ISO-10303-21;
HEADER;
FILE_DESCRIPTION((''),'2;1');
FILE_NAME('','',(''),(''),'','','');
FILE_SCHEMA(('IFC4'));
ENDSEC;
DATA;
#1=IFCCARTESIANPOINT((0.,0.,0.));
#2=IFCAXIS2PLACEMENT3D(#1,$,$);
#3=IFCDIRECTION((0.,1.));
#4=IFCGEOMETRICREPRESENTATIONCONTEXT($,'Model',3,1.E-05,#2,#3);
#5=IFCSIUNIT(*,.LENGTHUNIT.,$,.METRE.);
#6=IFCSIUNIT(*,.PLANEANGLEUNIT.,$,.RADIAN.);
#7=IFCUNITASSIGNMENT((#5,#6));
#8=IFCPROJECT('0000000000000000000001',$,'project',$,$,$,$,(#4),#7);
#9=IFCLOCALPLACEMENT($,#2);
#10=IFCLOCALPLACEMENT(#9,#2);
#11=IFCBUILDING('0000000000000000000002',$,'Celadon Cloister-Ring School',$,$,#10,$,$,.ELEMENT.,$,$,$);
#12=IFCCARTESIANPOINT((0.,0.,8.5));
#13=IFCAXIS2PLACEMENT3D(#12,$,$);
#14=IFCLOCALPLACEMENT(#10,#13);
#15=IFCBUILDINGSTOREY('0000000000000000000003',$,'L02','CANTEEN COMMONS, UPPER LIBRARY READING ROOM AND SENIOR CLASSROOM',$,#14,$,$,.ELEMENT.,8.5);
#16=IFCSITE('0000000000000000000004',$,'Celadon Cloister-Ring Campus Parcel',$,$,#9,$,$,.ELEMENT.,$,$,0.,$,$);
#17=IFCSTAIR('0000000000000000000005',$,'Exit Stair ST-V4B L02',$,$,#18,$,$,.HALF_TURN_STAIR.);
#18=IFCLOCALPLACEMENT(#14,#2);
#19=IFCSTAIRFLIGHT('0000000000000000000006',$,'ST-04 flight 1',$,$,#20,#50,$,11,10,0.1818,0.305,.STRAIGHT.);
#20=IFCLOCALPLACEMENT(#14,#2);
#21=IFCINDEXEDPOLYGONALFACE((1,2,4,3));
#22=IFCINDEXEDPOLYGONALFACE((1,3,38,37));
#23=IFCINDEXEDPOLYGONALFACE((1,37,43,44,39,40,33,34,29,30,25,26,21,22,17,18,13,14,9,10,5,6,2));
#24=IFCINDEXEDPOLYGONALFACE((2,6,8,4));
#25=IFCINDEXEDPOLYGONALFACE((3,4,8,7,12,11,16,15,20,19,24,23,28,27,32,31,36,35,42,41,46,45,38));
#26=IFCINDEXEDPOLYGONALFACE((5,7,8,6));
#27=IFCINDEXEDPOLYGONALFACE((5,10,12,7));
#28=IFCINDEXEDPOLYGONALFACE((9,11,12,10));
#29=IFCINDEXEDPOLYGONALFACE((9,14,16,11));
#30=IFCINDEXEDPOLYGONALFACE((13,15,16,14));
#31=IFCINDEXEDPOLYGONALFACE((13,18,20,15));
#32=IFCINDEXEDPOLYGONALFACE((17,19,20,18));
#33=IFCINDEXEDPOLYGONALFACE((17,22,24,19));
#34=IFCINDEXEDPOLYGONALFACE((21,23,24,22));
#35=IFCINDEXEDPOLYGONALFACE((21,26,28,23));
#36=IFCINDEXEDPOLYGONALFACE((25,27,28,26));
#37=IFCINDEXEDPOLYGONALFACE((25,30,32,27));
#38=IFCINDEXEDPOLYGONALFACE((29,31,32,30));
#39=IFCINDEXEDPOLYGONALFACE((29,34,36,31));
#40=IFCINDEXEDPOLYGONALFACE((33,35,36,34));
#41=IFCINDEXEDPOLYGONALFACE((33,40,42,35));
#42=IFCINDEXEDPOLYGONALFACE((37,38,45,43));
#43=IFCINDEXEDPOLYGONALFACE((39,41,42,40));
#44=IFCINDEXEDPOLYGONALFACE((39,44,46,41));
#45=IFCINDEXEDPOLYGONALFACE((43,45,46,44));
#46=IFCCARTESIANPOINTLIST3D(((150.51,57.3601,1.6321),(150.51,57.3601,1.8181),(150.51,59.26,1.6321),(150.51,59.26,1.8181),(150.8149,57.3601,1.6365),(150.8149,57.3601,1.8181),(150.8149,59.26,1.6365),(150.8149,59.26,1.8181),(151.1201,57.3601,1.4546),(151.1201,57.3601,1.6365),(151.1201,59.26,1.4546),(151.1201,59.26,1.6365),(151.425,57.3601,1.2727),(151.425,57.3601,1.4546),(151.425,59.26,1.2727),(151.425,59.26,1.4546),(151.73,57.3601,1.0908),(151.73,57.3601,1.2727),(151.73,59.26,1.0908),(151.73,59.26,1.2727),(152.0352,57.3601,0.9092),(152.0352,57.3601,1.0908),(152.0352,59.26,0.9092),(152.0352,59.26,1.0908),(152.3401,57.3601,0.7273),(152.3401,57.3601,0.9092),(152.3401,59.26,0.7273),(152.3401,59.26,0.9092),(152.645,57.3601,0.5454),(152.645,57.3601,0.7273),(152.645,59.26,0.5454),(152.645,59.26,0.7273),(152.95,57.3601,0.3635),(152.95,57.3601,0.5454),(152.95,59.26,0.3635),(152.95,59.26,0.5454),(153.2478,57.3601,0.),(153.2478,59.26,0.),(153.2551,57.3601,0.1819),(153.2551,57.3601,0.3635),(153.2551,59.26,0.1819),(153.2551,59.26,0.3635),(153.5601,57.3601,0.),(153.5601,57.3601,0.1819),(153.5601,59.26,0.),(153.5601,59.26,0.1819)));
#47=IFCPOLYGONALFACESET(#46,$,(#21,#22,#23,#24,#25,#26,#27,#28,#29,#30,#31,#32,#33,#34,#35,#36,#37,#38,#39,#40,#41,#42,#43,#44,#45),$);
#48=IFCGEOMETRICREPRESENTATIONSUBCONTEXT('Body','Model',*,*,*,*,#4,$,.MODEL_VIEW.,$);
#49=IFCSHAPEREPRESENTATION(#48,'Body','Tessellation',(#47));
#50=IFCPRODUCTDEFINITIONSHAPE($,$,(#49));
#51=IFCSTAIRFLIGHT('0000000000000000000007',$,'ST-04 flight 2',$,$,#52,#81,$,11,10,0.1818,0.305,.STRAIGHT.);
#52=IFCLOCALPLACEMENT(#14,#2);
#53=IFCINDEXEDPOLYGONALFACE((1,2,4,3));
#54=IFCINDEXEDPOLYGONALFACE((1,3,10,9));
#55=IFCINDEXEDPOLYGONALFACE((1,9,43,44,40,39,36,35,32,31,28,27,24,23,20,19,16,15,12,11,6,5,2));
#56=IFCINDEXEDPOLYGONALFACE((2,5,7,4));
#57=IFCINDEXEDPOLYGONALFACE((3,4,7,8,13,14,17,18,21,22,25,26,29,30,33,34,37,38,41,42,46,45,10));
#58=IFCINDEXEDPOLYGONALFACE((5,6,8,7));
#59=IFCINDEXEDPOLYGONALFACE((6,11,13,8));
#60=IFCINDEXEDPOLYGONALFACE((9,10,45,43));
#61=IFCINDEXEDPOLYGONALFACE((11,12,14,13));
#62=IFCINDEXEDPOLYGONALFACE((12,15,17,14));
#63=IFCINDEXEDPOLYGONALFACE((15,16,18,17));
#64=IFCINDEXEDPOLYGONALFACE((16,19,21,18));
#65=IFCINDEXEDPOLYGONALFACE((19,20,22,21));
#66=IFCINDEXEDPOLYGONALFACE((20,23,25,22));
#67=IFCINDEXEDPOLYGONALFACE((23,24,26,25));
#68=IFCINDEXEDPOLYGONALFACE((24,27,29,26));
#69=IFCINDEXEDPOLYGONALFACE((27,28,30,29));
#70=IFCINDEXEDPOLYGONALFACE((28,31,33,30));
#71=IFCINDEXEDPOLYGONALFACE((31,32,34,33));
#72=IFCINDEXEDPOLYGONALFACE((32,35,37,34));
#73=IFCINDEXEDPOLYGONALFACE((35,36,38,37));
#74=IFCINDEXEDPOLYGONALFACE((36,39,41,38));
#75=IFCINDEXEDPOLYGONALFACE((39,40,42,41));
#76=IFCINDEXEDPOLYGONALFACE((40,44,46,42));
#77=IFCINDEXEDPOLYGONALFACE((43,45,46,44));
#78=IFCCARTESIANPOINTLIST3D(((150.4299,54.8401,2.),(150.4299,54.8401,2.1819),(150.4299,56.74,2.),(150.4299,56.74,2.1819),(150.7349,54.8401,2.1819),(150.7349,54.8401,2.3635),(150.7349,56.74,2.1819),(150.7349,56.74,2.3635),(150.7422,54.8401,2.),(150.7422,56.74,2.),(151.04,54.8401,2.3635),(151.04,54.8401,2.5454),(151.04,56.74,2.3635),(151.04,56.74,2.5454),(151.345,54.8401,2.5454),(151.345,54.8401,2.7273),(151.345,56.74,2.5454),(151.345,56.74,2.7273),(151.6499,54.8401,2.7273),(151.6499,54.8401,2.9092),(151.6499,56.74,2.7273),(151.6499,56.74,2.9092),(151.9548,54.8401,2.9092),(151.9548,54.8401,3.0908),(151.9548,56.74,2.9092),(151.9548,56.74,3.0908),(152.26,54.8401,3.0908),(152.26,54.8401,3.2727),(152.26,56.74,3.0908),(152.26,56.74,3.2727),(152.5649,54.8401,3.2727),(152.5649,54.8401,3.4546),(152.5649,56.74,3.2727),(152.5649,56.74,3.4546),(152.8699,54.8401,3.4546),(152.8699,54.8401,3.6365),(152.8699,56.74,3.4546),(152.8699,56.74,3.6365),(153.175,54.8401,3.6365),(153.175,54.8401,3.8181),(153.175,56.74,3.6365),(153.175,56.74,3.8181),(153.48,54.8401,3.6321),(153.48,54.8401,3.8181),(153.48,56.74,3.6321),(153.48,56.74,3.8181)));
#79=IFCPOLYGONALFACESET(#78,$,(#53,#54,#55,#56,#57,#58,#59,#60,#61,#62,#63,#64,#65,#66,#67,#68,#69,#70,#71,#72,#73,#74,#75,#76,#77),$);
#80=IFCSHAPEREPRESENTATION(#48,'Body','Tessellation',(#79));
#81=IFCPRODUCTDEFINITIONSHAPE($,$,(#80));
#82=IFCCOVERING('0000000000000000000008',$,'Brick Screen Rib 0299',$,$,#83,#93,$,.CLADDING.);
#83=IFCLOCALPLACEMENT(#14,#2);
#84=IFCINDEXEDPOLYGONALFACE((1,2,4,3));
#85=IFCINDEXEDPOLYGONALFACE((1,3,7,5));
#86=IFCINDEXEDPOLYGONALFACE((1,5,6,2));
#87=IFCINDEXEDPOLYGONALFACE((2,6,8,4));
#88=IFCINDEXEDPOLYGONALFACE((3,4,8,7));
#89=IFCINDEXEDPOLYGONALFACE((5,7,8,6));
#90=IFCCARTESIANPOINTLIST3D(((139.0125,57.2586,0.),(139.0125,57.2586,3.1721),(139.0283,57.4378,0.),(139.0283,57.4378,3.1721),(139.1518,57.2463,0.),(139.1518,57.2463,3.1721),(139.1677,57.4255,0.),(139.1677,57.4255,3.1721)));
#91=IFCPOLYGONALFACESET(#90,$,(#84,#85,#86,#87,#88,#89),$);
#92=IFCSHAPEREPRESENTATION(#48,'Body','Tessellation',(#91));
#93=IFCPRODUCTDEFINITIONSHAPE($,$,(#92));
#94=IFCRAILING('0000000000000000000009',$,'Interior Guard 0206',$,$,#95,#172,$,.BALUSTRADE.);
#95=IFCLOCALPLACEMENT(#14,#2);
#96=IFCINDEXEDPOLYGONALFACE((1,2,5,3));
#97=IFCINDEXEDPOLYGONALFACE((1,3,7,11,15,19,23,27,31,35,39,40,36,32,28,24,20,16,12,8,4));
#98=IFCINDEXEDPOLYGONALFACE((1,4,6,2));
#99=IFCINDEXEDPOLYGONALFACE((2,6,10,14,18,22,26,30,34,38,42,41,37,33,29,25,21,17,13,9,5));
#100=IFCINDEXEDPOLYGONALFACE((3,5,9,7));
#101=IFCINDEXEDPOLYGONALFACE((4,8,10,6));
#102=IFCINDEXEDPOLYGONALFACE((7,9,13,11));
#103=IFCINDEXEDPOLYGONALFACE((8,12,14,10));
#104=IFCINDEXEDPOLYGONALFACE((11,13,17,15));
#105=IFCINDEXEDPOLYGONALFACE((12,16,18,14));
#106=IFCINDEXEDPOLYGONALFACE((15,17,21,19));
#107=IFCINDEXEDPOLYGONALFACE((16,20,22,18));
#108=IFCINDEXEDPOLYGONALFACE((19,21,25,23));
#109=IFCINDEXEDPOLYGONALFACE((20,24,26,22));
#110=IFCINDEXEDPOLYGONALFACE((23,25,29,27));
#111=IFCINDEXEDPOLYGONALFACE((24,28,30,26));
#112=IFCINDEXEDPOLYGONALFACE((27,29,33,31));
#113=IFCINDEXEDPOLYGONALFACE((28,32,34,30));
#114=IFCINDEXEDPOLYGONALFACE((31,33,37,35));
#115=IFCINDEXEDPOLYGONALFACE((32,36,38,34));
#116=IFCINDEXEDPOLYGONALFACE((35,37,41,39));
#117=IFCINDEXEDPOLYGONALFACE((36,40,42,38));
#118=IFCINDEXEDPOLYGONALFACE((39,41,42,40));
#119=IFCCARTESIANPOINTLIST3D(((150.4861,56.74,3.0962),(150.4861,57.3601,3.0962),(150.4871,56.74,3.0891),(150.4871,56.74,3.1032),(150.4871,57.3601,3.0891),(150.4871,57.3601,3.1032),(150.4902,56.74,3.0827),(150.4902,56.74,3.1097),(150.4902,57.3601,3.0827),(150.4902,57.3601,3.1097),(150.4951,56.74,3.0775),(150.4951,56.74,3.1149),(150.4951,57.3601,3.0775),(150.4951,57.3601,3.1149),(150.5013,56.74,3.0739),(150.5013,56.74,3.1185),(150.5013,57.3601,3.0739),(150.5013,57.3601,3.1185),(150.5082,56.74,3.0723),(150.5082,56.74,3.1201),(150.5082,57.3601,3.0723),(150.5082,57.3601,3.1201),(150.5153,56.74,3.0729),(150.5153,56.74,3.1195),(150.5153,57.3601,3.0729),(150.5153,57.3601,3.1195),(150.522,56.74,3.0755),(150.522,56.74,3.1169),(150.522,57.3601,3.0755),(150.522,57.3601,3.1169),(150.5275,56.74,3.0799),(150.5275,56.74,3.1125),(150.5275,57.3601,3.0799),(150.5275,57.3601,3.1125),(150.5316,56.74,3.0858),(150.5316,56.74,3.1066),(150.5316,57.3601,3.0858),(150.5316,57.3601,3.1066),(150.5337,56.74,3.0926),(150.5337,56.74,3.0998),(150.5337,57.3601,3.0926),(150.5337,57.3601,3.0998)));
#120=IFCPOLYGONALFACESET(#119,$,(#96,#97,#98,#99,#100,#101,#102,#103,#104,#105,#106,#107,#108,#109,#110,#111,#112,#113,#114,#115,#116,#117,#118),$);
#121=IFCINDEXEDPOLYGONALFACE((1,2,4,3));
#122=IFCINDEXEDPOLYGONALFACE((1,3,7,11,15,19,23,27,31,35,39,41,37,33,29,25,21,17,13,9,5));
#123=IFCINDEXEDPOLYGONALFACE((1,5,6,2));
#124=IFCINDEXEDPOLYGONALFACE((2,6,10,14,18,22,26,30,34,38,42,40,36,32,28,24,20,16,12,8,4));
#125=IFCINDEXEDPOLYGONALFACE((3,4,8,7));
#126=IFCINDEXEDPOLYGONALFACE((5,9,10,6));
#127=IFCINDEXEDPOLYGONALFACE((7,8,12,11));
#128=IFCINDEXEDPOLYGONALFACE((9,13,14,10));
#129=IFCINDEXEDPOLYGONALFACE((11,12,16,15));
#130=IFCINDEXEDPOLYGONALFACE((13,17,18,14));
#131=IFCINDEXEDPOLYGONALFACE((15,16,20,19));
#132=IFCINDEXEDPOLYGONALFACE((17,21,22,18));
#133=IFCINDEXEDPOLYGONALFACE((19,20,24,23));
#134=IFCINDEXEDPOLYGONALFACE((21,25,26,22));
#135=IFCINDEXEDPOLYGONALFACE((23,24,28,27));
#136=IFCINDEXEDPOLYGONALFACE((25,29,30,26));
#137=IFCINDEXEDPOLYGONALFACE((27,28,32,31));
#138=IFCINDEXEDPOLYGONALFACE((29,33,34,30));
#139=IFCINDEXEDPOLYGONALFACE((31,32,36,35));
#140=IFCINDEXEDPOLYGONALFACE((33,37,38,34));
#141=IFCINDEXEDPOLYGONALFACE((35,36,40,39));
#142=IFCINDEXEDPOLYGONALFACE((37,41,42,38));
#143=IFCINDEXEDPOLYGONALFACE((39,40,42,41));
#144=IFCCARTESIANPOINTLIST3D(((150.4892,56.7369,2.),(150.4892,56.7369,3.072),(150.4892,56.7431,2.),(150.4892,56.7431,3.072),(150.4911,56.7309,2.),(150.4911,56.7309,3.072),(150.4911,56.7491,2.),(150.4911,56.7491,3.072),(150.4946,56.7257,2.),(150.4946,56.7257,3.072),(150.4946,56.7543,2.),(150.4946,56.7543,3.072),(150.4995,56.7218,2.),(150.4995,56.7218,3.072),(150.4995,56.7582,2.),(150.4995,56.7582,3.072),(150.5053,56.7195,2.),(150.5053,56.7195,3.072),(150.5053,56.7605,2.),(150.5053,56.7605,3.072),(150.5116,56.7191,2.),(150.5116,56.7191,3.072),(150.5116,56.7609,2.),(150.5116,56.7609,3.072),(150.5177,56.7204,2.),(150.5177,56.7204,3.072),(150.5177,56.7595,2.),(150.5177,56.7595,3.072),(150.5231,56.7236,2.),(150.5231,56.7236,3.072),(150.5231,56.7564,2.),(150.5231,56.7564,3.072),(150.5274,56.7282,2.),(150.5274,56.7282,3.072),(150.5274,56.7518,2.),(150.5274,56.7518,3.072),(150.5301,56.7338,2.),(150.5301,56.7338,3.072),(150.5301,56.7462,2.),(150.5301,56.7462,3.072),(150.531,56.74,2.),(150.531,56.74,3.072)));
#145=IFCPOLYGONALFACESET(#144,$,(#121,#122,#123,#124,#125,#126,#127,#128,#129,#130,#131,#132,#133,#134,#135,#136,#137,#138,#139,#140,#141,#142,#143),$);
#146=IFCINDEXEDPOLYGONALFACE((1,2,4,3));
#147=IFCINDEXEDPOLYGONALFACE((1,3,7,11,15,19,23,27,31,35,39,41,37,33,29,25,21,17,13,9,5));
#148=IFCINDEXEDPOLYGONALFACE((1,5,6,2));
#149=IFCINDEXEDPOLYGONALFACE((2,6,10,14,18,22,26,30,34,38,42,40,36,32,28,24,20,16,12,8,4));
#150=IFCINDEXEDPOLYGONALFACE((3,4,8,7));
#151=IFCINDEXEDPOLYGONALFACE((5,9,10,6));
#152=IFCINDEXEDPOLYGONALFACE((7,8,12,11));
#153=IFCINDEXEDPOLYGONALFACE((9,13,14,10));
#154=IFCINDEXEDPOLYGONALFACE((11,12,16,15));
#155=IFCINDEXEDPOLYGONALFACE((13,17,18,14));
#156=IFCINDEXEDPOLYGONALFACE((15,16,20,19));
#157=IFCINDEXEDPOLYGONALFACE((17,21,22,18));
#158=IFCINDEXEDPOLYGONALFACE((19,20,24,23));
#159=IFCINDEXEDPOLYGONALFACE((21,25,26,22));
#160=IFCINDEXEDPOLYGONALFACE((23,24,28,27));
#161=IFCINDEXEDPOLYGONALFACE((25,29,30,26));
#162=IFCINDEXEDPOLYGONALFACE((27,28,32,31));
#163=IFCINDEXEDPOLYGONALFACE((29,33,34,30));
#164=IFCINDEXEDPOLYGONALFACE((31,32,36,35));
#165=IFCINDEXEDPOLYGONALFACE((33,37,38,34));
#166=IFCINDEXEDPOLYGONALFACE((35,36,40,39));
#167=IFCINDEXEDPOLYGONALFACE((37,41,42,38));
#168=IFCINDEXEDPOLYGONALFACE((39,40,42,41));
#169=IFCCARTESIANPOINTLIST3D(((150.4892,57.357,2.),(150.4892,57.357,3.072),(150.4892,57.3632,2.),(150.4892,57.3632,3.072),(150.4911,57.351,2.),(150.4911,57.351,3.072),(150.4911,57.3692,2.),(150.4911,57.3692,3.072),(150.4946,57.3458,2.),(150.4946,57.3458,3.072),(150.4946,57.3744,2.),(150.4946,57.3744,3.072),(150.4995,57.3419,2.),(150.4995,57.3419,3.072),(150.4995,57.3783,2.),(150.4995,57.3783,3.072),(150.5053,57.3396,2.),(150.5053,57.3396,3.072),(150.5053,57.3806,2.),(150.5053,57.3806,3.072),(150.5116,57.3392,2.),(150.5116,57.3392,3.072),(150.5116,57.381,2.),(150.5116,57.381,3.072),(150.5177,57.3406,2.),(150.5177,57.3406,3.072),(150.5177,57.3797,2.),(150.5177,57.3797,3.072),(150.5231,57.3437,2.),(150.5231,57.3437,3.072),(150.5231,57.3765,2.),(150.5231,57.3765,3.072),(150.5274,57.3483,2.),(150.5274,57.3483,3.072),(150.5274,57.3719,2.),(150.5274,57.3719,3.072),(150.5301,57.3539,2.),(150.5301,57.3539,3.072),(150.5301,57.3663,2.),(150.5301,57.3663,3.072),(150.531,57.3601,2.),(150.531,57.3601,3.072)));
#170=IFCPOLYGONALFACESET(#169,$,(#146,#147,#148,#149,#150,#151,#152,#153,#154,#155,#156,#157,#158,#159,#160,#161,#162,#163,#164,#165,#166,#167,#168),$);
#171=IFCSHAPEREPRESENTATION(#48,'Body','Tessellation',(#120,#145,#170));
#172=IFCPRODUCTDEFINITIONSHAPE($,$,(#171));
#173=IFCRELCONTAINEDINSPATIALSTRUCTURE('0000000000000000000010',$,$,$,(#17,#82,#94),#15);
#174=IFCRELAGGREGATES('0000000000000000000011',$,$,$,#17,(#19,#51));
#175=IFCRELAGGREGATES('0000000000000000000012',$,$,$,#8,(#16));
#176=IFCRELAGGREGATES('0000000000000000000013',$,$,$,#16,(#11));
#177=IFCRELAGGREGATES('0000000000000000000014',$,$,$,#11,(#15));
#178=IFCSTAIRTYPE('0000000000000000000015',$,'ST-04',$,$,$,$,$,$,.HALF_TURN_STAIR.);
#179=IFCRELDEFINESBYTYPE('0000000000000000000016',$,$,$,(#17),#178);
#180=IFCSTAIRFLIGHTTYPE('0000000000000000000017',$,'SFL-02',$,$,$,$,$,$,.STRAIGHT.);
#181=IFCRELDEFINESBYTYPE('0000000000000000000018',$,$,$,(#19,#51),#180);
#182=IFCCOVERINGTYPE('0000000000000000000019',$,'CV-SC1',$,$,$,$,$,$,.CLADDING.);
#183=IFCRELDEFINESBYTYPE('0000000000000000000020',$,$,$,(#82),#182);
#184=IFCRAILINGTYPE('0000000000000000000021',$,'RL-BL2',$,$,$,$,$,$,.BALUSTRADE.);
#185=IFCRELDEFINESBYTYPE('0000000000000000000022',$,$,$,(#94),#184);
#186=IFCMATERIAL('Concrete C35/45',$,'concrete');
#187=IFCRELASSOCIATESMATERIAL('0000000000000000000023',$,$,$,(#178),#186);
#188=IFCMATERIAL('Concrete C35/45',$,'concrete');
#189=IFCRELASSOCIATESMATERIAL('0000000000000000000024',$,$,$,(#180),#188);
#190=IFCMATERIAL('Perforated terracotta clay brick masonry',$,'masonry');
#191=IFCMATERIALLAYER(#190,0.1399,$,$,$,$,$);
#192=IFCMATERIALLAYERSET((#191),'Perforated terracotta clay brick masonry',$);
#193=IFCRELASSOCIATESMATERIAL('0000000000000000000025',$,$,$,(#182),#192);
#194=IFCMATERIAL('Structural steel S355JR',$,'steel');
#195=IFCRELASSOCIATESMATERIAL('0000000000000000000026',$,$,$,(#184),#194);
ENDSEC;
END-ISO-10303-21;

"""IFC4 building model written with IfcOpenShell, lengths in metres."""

from ifc_helpers import new_model, si_unit, direction, frame, origin, origin_2d, place, context, subcontext, project, spatial, polyline, rectangle, circle, outline, extrude, material, layer, layer_set, type_object, element, aggregate, save


model = new_model("IFC4")

# Units and contexts
model_context = context("Model", 3, precision=1e-05, world=origin(), true_north=direction((0.0, 1.0)))
body_context = subcontext(model_context, "Body", "Model", "MODEL_VIEW")
ifc_project = project(units=[si_unit("LENGTHUNIT", "METRE"), si_unit("PLANEANGLEUNIT", "RADIAN")], contexts=[model_context])

# Site, building, storey
site_placement = place(None, origin())
site = spatial("IfcSite", under=ifc_project, at=site_placement, Name="Celadon Cloister-Ring Campus Parcel", CompositionType="ELEMENT", RefElevation=0.0)
building_placement = place(site_placement, origin())
building = spatial("IfcBuilding", under=site, at=building_placement, Name="Celadon Cloister-Ring School", CompositionType="ELEMENT")
storey_placement = place(building_placement, frame((0.0, 0.0, 8.5)))
storey = spatial("IfcBuildingStorey", under=building, at=storey_placement, Name="L02", Description="CANTEEN COMMONS, UPPER LIBRARY READING ROOM AND SENIOR CLASSROOM", CompositionType="ELEMENT", Elevation=8.5)

# Stair, stair flights
ifc_material_1 = material(Name="Concrete C35/45", Category="concrete")
stair_type = type_object("IfcStairType", Name="ST-04", PredefinedType="HALF_TURN_STAIR", material=ifc_material_1)
stair_placement = place(storey_placement, origin())
stair = element("IfcStair", 1, at=stair_placement, inside=storey, type_object=stair_type, Name="Exit Stair ST-V4B L02", PredefinedType="HALF_TURN_STAIR")
ifc_material_2 = material(Name="Concrete C35/45", Category="concrete")
stair_flight_type = type_object("IfcStairFlightType", Name="SFL-02", PredefinedType="STRAIGHT", material=ifc_material_2)
stair_flight_1_placement = place(storey_placement, frame((153.5601, 58.3101, 0.0), z_axis=(0.0, 0.0, 1.0), x_axis=(-1.0, 0.0, 0.0)))
stair_flight_1 = element("IfcStairFlight", 2, at=stair_flight_1_placement, type_object=stair_flight_type, Name="ST-04 flight 1", NumberOfRisers=11, NumberOfTreads=10, PredefinedType="STRAIGHT", RiserHeight=0.1818, TreadLength=0.305, context=body_context, shape_type="SweptSolid", body=[
    extrude(outline(polyline([(0.0, 0.0), (0.0, 0.1819), (0.3049, 0.1819), (0.3049, 0.3635), (0.6101, 0.3635), (0.6101, 0.5454), (0.915, 0.5454), (0.915, 0.7273), (1.22, 0.7273), (1.22, 0.9092), (1.5249, 0.9092), (1.5249, 1.0908), (1.8301, 1.0908), (1.8301, 1.2727), (2.135, 1.2727), (2.135, 1.4546), (2.4399, 1.4546), (2.4399, 1.6365), (2.7451, 1.6365), (2.7451, 1.8181), (3.05, 1.8181), (3.05, 2.0), (3.05, 1.6321), (0.3123, 0.0), (0.0, 0.0)])), frame((0.0, 0.95, 0.0), z_axis=(0.0, -1.0, 0.0), x_axis=(1.0, 0.0, 0.0)), (0.0, 0.0, 1.0), 1.8999),
])
stair_flight_2_placement = place(storey_placement, frame((150.4299, 55.79, 2.0), z_axis=(0.0, 0.0, 1.0), x_axis=(1.0, 0.0, 0.0)))
stair_flight_2 = element("IfcStairFlight", 3, at=stair_flight_2_placement, type_object=stair_flight_type, Name="ST-04 flight 2", NumberOfRisers=11, NumberOfTreads=10, PredefinedType="STRAIGHT", RiserHeight=0.1818, TreadLength=0.305, context=body_context, shape_type="SweptSolid", body=[
    extrude(outline(polyline([(0.0, 0.0), (0.0, 0.1819), (0.3049, 0.1819), (0.3049, 0.3635), (0.6101, 0.3635), (0.6101, 0.5454), (0.915, 0.5454), (0.915, 0.7273), (1.22, 0.7273), (1.22, 0.9092), (1.5249, 0.9092), (1.5249, 1.0908), (1.8301, 1.0908), (1.8301, 1.2727), (2.135, 1.2727), (2.135, 1.4546), (2.4399, 1.4546), (2.4399, 1.6365), (2.7451, 1.6365), (2.7451, 1.8181), (3.05, 1.8181), (3.05, 2.0), (3.05, 1.6321), (0.3123, 0.0), (0.0, 0.0)])), frame((0.0, 0.95, 0.0), z_axis=(0.0, -1.0, 0.0), x_axis=(1.0, 0.0, 0.0)), (0.0, 0.0, 1.0), 1.8999),
])
aggregate(stair, [stair_flight_1, stair_flight_2])

# Covering
ifc_material_3 = material(Name="Perforated terracotta clay brick masonry", Category="masonry")
ifc_layer_1 = layer(ifc_material_3, 0.1399)
ifc_layer_set_1 = layer_set([ifc_layer_1], Name="Perforated terracotta clay brick masonry")
covering_type = type_object("IfcCoveringType", Name="CV-SC1", PredefinedType="CLADDING", material=ifc_layer_set_1)
covering_placement = place(storey_placement, frame((139.0901, 57.342, 0.0), z_axis=(0.0, 0.0, 1.0), x_axis=(-0.087973, -0.996123, 0.0)))
element("IfcCovering", 4, at=covering_placement, inside=storey, type_object=covering_type, Name="Brick Screen Rib 0299", PredefinedType="CLADDING", context=body_context, shape_type="SweptSolid", body=[
    extrude(rectangle(XDim=0.1799, YDim=0.1399, at=origin_2d()), origin(), (0.0, 0.0, 1.0), 3.1721),
])

# Railing
ifc_material_4 = material(Name="Structural steel S355JR", Category="steel")
railing_type_1 = type_object("IfcRailingType", Name="RL-BL2", PredefinedType="BALUSTRADE", material=ifc_material_4)
railing_1_placement = place(storey_placement, frame((150.51, 56.74, 2.0)))
element("IfcRailing", 5, at=railing_1_placement, inside=storey, type_object=railing_type_1, Name="Interior Guard 0206", PredefinedType="BALUSTRADE", context=body_context, shape_type="SweptSolid", body=[
    extrude(circle(Radius=0.0239, at=origin_2d()), frame((0.0, 0.0, 1.0962), z_axis=(0.0, 1.0, 0.0), x_axis=(-1.0, 0.0, 0.0)), (0.0, 0.0, 1.0), 0.6201),
    extrude(circle(Radius=0.021, at=origin_2d()), origin(), (0.0, 0.0, 1.0), 1.072),
    extrude(circle(Radius=0.021, at=origin_2d()), frame((0.0, 0.6201, 0.0)), (0.0, 0.0, 1.0), 1.072),
])

save(model, "model.ifc")
